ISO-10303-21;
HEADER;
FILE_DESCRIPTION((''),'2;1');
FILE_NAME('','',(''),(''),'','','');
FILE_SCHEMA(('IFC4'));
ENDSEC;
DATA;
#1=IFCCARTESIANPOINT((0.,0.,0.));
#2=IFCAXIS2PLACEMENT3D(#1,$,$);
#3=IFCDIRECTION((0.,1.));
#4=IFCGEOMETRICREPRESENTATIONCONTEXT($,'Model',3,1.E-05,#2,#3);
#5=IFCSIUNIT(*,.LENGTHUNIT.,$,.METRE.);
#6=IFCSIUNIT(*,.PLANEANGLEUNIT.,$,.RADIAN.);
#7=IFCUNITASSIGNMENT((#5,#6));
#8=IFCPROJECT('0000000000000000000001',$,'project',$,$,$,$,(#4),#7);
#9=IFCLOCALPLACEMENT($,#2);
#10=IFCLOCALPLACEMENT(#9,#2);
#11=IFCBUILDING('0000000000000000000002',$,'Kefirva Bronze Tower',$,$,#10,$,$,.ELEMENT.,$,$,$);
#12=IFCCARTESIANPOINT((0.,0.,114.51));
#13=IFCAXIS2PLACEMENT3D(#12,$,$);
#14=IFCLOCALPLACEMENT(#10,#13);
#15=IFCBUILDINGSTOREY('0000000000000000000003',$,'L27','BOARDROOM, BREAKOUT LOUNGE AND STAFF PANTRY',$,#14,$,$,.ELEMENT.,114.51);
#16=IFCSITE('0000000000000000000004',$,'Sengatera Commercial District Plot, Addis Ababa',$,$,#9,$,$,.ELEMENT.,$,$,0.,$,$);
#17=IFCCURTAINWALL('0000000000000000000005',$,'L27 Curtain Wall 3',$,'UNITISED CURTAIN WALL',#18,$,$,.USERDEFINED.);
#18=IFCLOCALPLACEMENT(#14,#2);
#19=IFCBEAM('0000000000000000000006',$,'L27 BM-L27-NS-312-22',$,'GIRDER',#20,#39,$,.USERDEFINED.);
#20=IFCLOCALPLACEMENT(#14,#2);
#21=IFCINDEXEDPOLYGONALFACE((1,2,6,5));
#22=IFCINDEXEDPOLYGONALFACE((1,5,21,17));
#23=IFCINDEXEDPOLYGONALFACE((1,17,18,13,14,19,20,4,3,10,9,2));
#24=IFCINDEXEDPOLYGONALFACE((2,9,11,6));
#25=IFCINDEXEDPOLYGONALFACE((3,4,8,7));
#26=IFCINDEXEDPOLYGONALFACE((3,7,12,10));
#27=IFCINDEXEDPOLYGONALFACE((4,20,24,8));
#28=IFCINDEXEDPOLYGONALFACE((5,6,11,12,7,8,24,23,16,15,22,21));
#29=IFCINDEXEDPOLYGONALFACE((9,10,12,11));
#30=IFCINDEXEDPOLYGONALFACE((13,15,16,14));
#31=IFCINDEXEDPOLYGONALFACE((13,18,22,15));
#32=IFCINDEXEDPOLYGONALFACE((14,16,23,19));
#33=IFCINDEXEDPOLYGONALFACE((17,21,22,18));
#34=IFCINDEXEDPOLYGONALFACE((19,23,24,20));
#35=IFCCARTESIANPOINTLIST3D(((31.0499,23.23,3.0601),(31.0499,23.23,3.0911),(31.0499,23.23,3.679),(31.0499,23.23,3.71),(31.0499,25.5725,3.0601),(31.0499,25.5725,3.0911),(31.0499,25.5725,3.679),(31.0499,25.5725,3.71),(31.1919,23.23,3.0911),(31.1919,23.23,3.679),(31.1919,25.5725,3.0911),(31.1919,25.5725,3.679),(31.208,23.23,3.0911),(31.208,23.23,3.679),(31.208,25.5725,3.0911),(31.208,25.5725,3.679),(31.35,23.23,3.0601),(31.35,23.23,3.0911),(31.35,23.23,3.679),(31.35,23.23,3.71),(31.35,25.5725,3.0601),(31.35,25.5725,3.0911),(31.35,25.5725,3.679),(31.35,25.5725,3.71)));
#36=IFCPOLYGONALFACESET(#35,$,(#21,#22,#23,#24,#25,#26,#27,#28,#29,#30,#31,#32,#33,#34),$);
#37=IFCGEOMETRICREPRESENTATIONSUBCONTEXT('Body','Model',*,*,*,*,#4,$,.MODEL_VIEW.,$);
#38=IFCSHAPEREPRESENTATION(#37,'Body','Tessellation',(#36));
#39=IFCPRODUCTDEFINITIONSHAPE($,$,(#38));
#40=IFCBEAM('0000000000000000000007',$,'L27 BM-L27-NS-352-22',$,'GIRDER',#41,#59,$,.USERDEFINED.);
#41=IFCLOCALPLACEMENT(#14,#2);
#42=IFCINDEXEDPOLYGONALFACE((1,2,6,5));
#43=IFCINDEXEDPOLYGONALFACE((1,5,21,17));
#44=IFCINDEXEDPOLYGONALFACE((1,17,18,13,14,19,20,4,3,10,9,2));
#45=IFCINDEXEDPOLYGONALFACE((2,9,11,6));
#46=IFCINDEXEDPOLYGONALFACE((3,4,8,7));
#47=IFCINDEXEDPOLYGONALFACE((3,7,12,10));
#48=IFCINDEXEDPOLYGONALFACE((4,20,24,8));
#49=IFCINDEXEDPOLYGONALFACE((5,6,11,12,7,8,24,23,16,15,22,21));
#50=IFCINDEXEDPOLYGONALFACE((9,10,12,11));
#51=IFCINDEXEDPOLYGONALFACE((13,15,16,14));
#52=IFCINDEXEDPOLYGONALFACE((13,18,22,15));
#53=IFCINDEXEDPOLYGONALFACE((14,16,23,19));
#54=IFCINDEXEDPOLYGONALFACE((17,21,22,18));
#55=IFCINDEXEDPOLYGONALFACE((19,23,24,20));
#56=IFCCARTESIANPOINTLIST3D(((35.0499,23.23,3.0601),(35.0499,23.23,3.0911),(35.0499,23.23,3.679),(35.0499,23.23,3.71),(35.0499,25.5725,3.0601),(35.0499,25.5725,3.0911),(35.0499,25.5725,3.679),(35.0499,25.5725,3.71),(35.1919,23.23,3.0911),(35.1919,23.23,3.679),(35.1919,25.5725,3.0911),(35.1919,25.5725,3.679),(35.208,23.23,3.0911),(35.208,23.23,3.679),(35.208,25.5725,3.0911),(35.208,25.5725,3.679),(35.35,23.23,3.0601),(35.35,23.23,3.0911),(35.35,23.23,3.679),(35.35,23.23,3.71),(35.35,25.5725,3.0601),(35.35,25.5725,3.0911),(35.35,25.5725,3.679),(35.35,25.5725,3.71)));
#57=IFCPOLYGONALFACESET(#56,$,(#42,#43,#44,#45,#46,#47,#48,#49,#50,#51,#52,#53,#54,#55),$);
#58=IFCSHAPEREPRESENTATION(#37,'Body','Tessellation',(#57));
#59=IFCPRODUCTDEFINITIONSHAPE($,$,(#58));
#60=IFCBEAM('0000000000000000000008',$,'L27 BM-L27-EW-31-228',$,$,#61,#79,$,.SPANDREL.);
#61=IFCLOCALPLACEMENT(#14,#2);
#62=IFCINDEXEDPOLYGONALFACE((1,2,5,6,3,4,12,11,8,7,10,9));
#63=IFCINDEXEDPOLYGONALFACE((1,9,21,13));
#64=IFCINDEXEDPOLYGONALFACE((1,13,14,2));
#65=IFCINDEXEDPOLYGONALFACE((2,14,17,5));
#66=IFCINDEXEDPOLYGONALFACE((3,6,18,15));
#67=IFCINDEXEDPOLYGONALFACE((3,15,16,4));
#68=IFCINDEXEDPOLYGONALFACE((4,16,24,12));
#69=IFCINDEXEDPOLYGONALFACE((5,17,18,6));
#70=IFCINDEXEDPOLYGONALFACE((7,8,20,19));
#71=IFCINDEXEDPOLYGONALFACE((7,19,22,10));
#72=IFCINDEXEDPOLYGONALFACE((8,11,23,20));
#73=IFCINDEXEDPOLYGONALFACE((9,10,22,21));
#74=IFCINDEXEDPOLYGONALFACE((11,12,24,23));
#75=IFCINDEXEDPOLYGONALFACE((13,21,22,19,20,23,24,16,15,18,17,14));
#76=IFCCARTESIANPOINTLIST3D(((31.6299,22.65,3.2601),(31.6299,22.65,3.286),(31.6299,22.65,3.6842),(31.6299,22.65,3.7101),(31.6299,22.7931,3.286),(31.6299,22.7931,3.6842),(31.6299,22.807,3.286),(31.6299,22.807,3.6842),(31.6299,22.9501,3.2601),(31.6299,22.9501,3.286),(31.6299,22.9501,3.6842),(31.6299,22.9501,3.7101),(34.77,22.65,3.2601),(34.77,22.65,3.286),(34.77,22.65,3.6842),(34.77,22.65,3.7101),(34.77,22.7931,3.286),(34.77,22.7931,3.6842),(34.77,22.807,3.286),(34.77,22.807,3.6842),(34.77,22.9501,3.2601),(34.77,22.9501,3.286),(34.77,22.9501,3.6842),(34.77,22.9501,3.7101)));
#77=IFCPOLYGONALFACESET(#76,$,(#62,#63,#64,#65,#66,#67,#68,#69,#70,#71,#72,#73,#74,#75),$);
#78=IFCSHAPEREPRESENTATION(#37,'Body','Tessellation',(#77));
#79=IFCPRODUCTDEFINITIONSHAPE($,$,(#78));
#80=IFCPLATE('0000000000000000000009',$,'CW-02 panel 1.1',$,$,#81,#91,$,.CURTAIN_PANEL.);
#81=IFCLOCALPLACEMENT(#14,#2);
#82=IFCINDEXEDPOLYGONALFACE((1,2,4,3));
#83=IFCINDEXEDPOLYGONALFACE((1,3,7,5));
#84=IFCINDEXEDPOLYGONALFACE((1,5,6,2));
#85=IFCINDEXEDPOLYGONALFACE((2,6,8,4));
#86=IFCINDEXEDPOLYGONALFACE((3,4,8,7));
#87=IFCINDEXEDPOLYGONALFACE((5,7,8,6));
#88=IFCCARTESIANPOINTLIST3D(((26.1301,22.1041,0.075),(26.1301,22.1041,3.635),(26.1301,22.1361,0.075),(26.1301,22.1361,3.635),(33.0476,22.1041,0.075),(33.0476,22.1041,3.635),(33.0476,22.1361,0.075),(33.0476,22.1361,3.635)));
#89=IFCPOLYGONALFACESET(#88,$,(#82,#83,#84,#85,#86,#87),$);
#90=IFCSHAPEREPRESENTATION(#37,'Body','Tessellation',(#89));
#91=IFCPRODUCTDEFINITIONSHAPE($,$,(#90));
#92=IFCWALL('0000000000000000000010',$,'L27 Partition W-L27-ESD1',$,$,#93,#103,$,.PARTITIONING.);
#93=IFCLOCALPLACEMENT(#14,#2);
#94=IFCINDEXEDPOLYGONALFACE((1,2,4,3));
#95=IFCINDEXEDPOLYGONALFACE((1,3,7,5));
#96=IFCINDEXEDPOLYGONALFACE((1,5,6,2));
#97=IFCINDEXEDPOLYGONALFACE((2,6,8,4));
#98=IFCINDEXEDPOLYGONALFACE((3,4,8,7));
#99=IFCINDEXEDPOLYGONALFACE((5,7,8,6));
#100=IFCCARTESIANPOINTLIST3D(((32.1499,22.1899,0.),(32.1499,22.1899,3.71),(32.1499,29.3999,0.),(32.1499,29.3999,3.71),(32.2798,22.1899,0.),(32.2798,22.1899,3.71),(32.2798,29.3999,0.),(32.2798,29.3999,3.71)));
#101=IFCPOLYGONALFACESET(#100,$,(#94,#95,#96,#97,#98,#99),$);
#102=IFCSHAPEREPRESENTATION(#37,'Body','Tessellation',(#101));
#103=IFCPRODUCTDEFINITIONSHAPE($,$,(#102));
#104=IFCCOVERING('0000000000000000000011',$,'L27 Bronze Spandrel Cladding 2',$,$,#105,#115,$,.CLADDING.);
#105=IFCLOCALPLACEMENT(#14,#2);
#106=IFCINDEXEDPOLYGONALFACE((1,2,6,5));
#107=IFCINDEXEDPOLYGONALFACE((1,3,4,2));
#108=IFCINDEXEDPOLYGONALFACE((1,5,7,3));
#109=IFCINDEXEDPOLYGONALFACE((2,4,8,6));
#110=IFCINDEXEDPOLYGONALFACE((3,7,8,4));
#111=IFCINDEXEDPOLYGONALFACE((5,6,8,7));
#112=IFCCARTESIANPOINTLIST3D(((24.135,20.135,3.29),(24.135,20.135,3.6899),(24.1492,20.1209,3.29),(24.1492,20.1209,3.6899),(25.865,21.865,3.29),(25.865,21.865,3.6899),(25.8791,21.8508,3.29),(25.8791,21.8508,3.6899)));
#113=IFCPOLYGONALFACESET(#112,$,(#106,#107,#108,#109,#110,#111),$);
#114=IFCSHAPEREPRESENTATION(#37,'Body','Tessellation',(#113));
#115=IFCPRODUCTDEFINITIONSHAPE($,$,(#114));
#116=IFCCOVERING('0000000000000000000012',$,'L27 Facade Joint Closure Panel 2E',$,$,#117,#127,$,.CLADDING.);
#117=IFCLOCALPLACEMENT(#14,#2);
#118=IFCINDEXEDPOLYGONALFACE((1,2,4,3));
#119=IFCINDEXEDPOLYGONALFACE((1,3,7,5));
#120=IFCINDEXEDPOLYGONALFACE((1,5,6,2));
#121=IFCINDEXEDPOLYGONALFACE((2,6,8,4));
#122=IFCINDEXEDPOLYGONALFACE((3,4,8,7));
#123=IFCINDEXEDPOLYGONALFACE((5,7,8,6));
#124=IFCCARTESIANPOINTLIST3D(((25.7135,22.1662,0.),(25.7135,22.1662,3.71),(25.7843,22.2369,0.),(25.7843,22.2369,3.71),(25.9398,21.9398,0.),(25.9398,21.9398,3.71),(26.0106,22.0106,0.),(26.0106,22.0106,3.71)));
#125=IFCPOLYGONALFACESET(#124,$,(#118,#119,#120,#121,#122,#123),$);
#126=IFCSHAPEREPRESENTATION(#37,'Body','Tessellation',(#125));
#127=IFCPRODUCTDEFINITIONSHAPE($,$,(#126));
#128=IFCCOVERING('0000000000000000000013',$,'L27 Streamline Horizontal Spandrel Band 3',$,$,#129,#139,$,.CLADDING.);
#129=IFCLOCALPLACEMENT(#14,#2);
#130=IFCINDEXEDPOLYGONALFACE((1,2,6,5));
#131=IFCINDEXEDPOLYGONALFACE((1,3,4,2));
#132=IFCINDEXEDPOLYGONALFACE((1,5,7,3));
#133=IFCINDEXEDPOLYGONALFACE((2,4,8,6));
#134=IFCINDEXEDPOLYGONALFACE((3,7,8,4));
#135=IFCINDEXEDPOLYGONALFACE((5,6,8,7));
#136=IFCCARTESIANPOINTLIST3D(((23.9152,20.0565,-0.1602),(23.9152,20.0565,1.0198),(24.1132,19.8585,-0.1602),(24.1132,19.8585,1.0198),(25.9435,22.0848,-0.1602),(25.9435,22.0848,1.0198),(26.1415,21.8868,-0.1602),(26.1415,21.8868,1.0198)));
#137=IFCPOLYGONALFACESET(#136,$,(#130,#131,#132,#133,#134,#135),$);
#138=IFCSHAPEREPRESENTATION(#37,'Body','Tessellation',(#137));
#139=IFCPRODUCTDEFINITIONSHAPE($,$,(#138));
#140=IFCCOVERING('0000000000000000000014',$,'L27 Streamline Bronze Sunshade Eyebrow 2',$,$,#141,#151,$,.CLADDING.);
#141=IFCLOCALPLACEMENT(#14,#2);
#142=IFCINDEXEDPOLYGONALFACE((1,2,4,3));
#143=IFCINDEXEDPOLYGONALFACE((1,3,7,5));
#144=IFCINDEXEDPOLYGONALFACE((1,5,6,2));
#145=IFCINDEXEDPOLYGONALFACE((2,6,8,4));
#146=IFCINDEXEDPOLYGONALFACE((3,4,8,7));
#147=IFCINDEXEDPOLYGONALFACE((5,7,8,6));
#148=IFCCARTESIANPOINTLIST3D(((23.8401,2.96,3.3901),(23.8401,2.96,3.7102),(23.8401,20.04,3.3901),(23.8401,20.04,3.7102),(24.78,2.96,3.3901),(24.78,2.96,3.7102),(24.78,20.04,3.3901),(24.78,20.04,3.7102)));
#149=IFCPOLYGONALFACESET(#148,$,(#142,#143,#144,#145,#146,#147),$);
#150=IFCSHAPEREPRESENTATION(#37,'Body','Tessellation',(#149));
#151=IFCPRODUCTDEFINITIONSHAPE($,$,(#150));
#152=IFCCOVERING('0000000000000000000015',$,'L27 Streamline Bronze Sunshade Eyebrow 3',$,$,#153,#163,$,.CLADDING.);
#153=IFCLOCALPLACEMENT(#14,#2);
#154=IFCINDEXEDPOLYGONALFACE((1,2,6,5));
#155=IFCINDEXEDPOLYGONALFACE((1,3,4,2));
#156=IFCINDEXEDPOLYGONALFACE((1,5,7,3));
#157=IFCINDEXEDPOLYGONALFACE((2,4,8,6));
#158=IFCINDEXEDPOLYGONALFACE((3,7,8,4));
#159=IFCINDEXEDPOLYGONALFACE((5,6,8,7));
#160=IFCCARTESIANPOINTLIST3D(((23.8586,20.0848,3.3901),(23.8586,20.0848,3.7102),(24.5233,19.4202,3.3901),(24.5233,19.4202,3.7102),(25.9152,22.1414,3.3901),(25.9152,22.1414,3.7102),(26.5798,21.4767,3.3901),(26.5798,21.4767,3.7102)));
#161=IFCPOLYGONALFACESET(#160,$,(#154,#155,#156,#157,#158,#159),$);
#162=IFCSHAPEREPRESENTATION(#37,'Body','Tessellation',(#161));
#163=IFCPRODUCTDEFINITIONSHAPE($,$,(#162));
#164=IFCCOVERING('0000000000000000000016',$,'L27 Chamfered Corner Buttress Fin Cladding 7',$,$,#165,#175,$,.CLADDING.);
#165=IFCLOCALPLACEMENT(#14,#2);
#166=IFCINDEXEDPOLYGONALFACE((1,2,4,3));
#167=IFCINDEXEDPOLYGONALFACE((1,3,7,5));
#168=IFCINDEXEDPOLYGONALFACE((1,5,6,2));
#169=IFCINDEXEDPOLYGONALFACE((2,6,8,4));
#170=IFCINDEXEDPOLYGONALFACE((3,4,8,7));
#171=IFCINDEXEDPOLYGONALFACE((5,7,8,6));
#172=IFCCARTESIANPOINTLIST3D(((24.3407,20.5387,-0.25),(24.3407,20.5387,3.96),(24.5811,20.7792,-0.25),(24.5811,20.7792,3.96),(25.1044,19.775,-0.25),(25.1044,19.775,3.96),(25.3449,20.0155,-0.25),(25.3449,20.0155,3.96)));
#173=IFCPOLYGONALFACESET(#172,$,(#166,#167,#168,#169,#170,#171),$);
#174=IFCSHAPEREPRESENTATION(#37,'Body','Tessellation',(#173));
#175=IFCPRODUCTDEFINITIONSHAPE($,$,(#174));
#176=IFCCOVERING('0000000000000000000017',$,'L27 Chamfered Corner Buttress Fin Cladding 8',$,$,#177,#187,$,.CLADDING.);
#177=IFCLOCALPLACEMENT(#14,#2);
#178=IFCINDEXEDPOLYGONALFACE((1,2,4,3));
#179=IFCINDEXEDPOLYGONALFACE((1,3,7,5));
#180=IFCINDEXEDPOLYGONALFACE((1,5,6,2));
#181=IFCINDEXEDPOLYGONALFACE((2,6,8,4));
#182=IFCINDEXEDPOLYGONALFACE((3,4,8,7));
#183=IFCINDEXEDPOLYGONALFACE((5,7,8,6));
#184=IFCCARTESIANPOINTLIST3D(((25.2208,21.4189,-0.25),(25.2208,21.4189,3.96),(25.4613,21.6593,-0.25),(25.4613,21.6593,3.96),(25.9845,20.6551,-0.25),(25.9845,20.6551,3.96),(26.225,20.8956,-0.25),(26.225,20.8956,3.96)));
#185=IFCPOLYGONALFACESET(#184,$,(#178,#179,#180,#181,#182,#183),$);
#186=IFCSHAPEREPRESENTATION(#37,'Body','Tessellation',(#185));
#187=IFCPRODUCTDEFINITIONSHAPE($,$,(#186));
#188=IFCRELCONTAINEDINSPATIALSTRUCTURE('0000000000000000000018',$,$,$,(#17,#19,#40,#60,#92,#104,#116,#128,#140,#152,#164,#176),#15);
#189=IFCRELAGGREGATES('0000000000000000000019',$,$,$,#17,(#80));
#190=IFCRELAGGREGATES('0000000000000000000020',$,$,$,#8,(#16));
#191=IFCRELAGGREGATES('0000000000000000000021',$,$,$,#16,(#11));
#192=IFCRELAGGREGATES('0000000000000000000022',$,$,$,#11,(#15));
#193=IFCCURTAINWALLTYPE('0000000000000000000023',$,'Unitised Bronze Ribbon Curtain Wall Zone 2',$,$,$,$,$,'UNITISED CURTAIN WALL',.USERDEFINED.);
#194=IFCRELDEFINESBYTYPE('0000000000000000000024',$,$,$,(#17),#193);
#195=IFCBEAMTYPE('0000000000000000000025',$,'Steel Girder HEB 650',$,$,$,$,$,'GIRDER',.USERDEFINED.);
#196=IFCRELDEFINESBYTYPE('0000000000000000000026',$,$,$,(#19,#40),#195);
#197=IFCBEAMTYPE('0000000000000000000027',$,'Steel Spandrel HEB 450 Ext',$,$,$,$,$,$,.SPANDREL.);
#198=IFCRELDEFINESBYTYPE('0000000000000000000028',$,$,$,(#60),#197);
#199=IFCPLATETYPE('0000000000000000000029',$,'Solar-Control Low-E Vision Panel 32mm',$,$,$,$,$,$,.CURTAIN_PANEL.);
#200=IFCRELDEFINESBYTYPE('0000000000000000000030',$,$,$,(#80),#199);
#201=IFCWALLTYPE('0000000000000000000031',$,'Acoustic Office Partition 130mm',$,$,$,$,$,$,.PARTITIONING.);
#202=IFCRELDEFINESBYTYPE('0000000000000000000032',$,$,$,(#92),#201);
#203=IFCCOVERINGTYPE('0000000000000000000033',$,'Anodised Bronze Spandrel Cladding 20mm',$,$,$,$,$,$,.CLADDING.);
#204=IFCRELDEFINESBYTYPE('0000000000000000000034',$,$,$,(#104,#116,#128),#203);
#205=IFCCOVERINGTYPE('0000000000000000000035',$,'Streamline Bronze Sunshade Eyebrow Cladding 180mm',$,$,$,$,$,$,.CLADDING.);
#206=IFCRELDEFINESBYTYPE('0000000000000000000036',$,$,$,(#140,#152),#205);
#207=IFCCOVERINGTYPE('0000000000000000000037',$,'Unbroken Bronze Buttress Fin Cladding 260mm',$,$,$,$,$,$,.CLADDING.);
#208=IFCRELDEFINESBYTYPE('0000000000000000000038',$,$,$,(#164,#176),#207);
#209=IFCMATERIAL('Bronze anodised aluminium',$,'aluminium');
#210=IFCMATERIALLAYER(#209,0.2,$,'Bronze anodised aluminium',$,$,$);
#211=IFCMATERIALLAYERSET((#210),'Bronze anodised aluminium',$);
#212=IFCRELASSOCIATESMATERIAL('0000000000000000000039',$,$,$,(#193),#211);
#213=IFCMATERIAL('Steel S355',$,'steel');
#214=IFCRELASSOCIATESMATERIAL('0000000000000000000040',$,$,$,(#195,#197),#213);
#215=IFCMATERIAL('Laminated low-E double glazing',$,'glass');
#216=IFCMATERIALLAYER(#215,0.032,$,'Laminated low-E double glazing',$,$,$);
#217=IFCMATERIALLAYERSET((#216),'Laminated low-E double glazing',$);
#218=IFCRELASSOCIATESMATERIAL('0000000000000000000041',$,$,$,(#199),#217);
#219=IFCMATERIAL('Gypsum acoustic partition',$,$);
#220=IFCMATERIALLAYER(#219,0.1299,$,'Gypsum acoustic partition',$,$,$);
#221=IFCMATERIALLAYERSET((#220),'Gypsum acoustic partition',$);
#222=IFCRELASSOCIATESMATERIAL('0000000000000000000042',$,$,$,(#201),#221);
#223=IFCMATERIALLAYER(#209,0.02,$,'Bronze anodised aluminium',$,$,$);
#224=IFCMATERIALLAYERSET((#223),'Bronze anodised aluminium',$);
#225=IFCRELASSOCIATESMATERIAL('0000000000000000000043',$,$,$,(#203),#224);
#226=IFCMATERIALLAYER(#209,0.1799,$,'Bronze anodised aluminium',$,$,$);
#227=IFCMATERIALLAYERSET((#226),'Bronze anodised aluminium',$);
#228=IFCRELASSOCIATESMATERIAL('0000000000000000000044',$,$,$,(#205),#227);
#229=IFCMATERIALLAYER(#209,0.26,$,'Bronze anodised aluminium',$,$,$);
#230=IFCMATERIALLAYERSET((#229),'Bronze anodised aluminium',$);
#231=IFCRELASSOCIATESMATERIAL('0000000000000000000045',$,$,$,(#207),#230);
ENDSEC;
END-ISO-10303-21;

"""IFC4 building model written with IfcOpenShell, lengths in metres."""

from ifc_helpers import new_model, si_unit, direction, frame, frame_2d, origin, origin_2d, place, context, subcontext, project, spatial, rectangle, i_section, extrude, material, layer, layer_set, material_profile, profile_set, type_object, element, aggregate, save


model = new_model("IFC4")

# Units and contexts
model_context = context("Model", 3, precision=1e-05, world=origin(), true_north=direction((0.0, 1.0)))
body_context = subcontext(model_context, "Body", "Model", "MODEL_VIEW")
ifc_project = project(units=[si_unit("LENGTHUNIT", "METRE"), si_unit("PLANEANGLEUNIT", "RADIAN")], contexts=[model_context])

# Site, building, storey
site_placement = place(None, origin())
site = spatial("IfcSite", under=ifc_project, at=site_placement, Name="Sengatera Commercial District Plot, Addis Ababa", CompositionType="ELEMENT", RefElevation=0.0)
building_placement = place(site_placement, origin())
building = spatial("IfcBuilding", under=site, at=building_placement, Name="Kefirva Bronze Tower", CompositionType="ELEMENT")
storey_placement = place(building_placement, frame((0.0, 0.0, 114.51)))
storey = spatial("IfcBuildingStorey", under=building, at=storey_placement, Name="L27", Description="BOARDROOM, BREAKOUT LOUNGE AND STAFF PANTRY", CompositionType="ELEMENT", Elevation=114.51)

# Curtain wall
ifc_material_1 = material(Name="Bronze anodised aluminium", Category="aluminium")
ifc_layer_1 = layer(ifc_material_1, 0.2, Name="Bronze anodised aluminium")
ifc_layer_set_1 = layer_set([ifc_layer_1], Name="Bronze anodised aluminium")
curtain_wall_type = type_object("IfcCurtainWallType", Name="Unitised Bronze Ribbon Curtain Wall Zone 2", ElementType="UNITISED CURTAIN WALL", PredefinedType="USERDEFINED", material=ifc_layer_set_1)
curtain_wall_placement = place(storey_placement, origin())
curtain_wall = element("IfcCurtainWall", 1, at=curtain_wall_placement, inside=storey, type_object=curtain_wall_type, Name="L27 Curtain Wall 3", ObjectType="UNITISED CURTAIN WALL", PredefinedType="USERDEFINED")

# Beams
ifc_material_2 = material(Name="Steel S355", Category="steel")
ifc_material_profile_1 = material_profile(ifc_material_2, i_section(OverallWidth=0.3, OverallDepth=0.6499, WebThickness=0.0161, FlangeThickness=0.031, at=origin_2d()), Name="HEB 650")
ifc_profile_set_1 = profile_set([ifc_material_profile_1], Name="Steel S355")
beam_type_1 = type_object("IfcBeamType", Name="Steel Girder HEB 650", ElementType="GIRDER", PredefinedType="USERDEFINED", material=ifc_profile_set_1)
for number, where, z_axis, x_axis, name in (
    (2, (31.2, 23.23, 3.385), (0.0, 1.0, 0.0), (-1.0, 0.0, 0.0), "L27 BM-L27-NS-312-22"),
    (3, (35.2, 23.23, 3.385), (0.0, 1.0, 0.0), (-1.0, 0.0, 0.0), "L27 BM-L27-NS-352-22"),
):
    element("IfcBeam", number, at=place(storey_placement, frame(where, z_axis=z_axis, x_axis=x_axis)), inside=storey, type_object=beam_type_1, Name=name, ObjectType="GIRDER", PredefinedType="USERDEFINED", context=body_context, shape_type="SweptSolid", body=[
        extrude(i_section(OverallWidth=0.3, OverallDepth=0.6499, WebThickness=0.0161, FlangeThickness=0.031, at=origin_2d()), origin(), (0.0, 0.0, 1.0), 2.3425),
    ])
ifc_material_profile_2 = material_profile(ifc_material_2, i_section(OverallWidth=0.3, OverallDepth=0.45, WebThickness=0.0139, FlangeThickness=0.0259, at=origin_2d()), Name="HEB 450")
ifc_profile_set_2 = profile_set([ifc_material_profile_2], Name="Steel S355")
beam_type_2 = type_object("IfcBeamType", Name="Steel Spandrel HEB 450 Ext", PredefinedType="SPANDREL", material=ifc_profile_set_2)
beam_1_placement = place(storey_placement, frame((31.6299, 22.8, 3.4851), z_axis=(1.0, 0.0, 0.0), x_axis=(0.0, 1.0, 0.0)))
element("IfcBeam", 4, at=beam_1_placement, inside=storey, type_object=beam_type_2, Name="L27 BM-L27-EW-31-228", PredefinedType="SPANDREL", context=body_context, shape_type="SweptSolid", body=[
    extrude(i_section(OverallWidth=0.3, OverallDepth=0.45, WebThickness=0.0139, FlangeThickness=0.0259, at=origin_2d()), origin(), (0.0, 0.0, 1.0), 3.1401),
])

# Plate
ifc_material_3 = material(Name="Laminated low-E double glazing", Category="glass")
ifc_layer_2 = layer(ifc_material_3, 0.032, Name="Laminated low-E double glazing")
ifc_layer_set_2 = layer_set([ifc_layer_2], Name="Laminated low-E double glazing")
plate_type = type_object("IfcPlateType", Name="Solar-Control Low-E Vision Panel 32mm", PredefinedType="CURTAIN_PANEL", material=ifc_layer_set_2)
plate_placement = place(storey_placement, frame((29.5889, 22.1201, 0.075), z_axis=(0.0, 0.0, 1.0), x_axis=(1.0, 0.0, 0.0)))
plate = element("IfcPlate", 5, at=plate_placement, type_object=plate_type, Name="CW-02 panel 1.1", PredefinedType="CURTAIN_PANEL", context=body_context, shape_type="SweptSolid", body=[
    extrude(rectangle(XDim=6.9175, YDim=0.032, at=origin_2d()), origin(), (0.0, 0.0, 1.0), 3.5601),
])
aggregate(curtain_wall, [plate])

# Wall
ifc_material_4 = material(Name="Gypsum acoustic partition")
ifc_layer_3 = layer(ifc_material_4, 0.1299, Name="Gypsum acoustic partition")
ifc_layer_set_3 = layer_set([ifc_layer_3], Name="Gypsum acoustic partition")
wall_type = type_object("IfcWallType", Name="Acoustic Office Partition 130mm", PredefinedType="PARTITIONING", material=ifc_layer_set_3)
wall_placement = place(storey_placement, frame((32.2148, 22.1899, 0.0), z_axis=(0.0, 0.0, 1.0), x_axis=(0.0, 1.0, 0.0)))
element("IfcWall", 6, at=wall_placement, inside=storey, type_object=wall_type, Name="L27 Partition W-L27-ESD1", PredefinedType="PARTITIONING", context=body_context, shape_type="SweptSolid", body=[
    extrude(rectangle(XDim=7.21, YDim=0.1299, at=frame_2d((3.605, 0.0))), origin(), (0.0, 0.0, 1.0), 3.71),
])

# Coverings
ifc_layer_4 = layer(ifc_material_1, 0.02, Name="Bronze anodised aluminium")
ifc_layer_set_4 = layer_set([ifc_layer_4], Name="Bronze anodised aluminium")
covering_type_1 = type_object("IfcCoveringType", Name="Anodised Bronze Spandrel Cladding 20mm", PredefinedType="CLADDING", material=ifc_layer_set_4)
covering_1_placement = place(storey_placement, frame((25.0071, 20.9929, 3.29), z_axis=(0.0, 0.0, 1.0), x_axis=(0.707107, 0.707107, 0.0)))
element("IfcCovering", 7, at=covering_1_placement, inside=storey, type_object=covering_type_1, Name="L27 Bronze Spandrel Cladding 2", PredefinedType="CLADDING", context=body_context, shape_type="SweptSolid", body=[
    extrude(rectangle(XDim=2.4465, YDim=0.02, at=origin_2d()), origin(), (0.0, 0.0, 1.0), 0.3999),
])
covering_2_placement = place(storey_placement, frame((25.8621, 22.0884, 0.0), z_axis=(0.0, 0.0, 1.0), x_axis=(0.707107, 0.707107, 0.0)))
element("IfcCovering", 8, at=covering_2_placement, inside=storey, type_object=covering_type_1, Name="L27 Facade Joint Closure Panel 2E", PredefinedType="CLADDING", context=body_context, shape_type="SweptSolid", body=[
    extrude(rectangle(XDim=0.1001, YDim=0.3201, at=origin_2d()), origin(), (0.0, 0.0, 1.0), 3.71),
])
covering_3_placement = place(storey_placement, frame((25.0283, 20.9717, -0.1602), z_axis=(0.0, 0.0, 1.0), x_axis=(0.707107, 0.707107, 0.0)))
element("IfcCovering", 9, at=covering_3_placement, inside=storey, type_object=covering_type_1, Name="L27 Streamline Horizontal Spandrel Band 3", PredefinedType="CLADDING", context=body_context, shape_type="SweptSolid", body=[
    extrude(rectangle(XDim=2.8684, YDim=0.28, at=origin_2d()), origin(), (0.0, 0.0, 1.0), 1.1799),
])
ifc_layer_5 = layer(ifc_material_1, 0.1799, Name="Bronze anodised aluminium")
ifc_layer_set_5 = layer_set([ifc_layer_5], Name="Bronze anodised aluminium")
covering_type_2 = type_object("IfcCoveringType", Name="Streamline Bronze Sunshade Eyebrow Cladding 180mm", PredefinedType="CLADDING", material=ifc_layer_set_5)
covering_4_placement = place(storey_placement, frame((24.3101, 11.5, 3.3901), z_axis=(0.0, 0.0, 1.0), x_axis=(0.0, 1.0, 0.0)))
element("IfcCovering", 10, at=covering_4_placement, inside=storey, type_object=covering_type_2, Name="L27 Streamline Bronze Sunshade Eyebrow 2", PredefinedType="CLADDING", context=body_context, shape_type="SweptSolid", body=[
    extrude(rectangle(XDim=17.0801, YDim=0.9399, at=origin_2d()), origin(), (0.0, 0.0, 1.0), 0.3201),
])
covering_5_placement = place(storey_placement, frame((25.2192, 20.7808, 3.3901), z_axis=(0.0, 0.0, 1.0), x_axis=(0.707107, 0.707107, 0.0)))
element("IfcCovering", 11, at=covering_5_placement, inside=storey, type_object=covering_type_2, Name="L27 Streamline Bronze Sunshade Eyebrow 3", PredefinedType="CLADDING", context=body_context, shape_type="SweptSolid", body=[
    extrude(rectangle(XDim=2.9084, YDim=0.9399, at=origin_2d()), origin(), (0.0, 0.0, 1.0), 0.3201),
])
ifc_layer_6 = layer(ifc_material_1, 0.26, Name="Bronze anodised aluminium")
ifc_layer_set_6 = layer_set([ifc_layer_6], Name="Bronze anodised aluminium")
covering_type_3 = type_object("IfcCoveringType", Name="Unbroken Bronze Buttress Fin Cladding 260mm", PredefinedType="CLADDING", material=ifc_layer_set_6)
for number, where, z_axis, x_axis, name in (
    (12, (24.8428, 20.2771, -0.25), (0.0, 0.0, 1.0), (0.707107, 0.707107, 0.0), "L27 Chamfered Corner Buttress Fin Cladding 7"),
    (13, (25.7229, 21.1572, -0.25), (0.0, 0.0, 1.0), (0.707107, 0.707107, 0.0), "L27 Chamfered Corner Buttress Fin Cladding 8"),
):
    element("IfcCovering", number, at=place(storey_placement, frame(where, z_axis=z_axis, x_axis=x_axis)), inside=storey, type_object=covering_type_3, Name=name, PredefinedType="CLADDING", context=body_context, shape_type="SweptSolid", body=[
        extrude(rectangle(XDim=0.3401, YDim=1.0801, at=origin_2d()), origin(), (0.0, 0.0, 1.0), 4.21),
    ])

save(model, "model.ifc")
